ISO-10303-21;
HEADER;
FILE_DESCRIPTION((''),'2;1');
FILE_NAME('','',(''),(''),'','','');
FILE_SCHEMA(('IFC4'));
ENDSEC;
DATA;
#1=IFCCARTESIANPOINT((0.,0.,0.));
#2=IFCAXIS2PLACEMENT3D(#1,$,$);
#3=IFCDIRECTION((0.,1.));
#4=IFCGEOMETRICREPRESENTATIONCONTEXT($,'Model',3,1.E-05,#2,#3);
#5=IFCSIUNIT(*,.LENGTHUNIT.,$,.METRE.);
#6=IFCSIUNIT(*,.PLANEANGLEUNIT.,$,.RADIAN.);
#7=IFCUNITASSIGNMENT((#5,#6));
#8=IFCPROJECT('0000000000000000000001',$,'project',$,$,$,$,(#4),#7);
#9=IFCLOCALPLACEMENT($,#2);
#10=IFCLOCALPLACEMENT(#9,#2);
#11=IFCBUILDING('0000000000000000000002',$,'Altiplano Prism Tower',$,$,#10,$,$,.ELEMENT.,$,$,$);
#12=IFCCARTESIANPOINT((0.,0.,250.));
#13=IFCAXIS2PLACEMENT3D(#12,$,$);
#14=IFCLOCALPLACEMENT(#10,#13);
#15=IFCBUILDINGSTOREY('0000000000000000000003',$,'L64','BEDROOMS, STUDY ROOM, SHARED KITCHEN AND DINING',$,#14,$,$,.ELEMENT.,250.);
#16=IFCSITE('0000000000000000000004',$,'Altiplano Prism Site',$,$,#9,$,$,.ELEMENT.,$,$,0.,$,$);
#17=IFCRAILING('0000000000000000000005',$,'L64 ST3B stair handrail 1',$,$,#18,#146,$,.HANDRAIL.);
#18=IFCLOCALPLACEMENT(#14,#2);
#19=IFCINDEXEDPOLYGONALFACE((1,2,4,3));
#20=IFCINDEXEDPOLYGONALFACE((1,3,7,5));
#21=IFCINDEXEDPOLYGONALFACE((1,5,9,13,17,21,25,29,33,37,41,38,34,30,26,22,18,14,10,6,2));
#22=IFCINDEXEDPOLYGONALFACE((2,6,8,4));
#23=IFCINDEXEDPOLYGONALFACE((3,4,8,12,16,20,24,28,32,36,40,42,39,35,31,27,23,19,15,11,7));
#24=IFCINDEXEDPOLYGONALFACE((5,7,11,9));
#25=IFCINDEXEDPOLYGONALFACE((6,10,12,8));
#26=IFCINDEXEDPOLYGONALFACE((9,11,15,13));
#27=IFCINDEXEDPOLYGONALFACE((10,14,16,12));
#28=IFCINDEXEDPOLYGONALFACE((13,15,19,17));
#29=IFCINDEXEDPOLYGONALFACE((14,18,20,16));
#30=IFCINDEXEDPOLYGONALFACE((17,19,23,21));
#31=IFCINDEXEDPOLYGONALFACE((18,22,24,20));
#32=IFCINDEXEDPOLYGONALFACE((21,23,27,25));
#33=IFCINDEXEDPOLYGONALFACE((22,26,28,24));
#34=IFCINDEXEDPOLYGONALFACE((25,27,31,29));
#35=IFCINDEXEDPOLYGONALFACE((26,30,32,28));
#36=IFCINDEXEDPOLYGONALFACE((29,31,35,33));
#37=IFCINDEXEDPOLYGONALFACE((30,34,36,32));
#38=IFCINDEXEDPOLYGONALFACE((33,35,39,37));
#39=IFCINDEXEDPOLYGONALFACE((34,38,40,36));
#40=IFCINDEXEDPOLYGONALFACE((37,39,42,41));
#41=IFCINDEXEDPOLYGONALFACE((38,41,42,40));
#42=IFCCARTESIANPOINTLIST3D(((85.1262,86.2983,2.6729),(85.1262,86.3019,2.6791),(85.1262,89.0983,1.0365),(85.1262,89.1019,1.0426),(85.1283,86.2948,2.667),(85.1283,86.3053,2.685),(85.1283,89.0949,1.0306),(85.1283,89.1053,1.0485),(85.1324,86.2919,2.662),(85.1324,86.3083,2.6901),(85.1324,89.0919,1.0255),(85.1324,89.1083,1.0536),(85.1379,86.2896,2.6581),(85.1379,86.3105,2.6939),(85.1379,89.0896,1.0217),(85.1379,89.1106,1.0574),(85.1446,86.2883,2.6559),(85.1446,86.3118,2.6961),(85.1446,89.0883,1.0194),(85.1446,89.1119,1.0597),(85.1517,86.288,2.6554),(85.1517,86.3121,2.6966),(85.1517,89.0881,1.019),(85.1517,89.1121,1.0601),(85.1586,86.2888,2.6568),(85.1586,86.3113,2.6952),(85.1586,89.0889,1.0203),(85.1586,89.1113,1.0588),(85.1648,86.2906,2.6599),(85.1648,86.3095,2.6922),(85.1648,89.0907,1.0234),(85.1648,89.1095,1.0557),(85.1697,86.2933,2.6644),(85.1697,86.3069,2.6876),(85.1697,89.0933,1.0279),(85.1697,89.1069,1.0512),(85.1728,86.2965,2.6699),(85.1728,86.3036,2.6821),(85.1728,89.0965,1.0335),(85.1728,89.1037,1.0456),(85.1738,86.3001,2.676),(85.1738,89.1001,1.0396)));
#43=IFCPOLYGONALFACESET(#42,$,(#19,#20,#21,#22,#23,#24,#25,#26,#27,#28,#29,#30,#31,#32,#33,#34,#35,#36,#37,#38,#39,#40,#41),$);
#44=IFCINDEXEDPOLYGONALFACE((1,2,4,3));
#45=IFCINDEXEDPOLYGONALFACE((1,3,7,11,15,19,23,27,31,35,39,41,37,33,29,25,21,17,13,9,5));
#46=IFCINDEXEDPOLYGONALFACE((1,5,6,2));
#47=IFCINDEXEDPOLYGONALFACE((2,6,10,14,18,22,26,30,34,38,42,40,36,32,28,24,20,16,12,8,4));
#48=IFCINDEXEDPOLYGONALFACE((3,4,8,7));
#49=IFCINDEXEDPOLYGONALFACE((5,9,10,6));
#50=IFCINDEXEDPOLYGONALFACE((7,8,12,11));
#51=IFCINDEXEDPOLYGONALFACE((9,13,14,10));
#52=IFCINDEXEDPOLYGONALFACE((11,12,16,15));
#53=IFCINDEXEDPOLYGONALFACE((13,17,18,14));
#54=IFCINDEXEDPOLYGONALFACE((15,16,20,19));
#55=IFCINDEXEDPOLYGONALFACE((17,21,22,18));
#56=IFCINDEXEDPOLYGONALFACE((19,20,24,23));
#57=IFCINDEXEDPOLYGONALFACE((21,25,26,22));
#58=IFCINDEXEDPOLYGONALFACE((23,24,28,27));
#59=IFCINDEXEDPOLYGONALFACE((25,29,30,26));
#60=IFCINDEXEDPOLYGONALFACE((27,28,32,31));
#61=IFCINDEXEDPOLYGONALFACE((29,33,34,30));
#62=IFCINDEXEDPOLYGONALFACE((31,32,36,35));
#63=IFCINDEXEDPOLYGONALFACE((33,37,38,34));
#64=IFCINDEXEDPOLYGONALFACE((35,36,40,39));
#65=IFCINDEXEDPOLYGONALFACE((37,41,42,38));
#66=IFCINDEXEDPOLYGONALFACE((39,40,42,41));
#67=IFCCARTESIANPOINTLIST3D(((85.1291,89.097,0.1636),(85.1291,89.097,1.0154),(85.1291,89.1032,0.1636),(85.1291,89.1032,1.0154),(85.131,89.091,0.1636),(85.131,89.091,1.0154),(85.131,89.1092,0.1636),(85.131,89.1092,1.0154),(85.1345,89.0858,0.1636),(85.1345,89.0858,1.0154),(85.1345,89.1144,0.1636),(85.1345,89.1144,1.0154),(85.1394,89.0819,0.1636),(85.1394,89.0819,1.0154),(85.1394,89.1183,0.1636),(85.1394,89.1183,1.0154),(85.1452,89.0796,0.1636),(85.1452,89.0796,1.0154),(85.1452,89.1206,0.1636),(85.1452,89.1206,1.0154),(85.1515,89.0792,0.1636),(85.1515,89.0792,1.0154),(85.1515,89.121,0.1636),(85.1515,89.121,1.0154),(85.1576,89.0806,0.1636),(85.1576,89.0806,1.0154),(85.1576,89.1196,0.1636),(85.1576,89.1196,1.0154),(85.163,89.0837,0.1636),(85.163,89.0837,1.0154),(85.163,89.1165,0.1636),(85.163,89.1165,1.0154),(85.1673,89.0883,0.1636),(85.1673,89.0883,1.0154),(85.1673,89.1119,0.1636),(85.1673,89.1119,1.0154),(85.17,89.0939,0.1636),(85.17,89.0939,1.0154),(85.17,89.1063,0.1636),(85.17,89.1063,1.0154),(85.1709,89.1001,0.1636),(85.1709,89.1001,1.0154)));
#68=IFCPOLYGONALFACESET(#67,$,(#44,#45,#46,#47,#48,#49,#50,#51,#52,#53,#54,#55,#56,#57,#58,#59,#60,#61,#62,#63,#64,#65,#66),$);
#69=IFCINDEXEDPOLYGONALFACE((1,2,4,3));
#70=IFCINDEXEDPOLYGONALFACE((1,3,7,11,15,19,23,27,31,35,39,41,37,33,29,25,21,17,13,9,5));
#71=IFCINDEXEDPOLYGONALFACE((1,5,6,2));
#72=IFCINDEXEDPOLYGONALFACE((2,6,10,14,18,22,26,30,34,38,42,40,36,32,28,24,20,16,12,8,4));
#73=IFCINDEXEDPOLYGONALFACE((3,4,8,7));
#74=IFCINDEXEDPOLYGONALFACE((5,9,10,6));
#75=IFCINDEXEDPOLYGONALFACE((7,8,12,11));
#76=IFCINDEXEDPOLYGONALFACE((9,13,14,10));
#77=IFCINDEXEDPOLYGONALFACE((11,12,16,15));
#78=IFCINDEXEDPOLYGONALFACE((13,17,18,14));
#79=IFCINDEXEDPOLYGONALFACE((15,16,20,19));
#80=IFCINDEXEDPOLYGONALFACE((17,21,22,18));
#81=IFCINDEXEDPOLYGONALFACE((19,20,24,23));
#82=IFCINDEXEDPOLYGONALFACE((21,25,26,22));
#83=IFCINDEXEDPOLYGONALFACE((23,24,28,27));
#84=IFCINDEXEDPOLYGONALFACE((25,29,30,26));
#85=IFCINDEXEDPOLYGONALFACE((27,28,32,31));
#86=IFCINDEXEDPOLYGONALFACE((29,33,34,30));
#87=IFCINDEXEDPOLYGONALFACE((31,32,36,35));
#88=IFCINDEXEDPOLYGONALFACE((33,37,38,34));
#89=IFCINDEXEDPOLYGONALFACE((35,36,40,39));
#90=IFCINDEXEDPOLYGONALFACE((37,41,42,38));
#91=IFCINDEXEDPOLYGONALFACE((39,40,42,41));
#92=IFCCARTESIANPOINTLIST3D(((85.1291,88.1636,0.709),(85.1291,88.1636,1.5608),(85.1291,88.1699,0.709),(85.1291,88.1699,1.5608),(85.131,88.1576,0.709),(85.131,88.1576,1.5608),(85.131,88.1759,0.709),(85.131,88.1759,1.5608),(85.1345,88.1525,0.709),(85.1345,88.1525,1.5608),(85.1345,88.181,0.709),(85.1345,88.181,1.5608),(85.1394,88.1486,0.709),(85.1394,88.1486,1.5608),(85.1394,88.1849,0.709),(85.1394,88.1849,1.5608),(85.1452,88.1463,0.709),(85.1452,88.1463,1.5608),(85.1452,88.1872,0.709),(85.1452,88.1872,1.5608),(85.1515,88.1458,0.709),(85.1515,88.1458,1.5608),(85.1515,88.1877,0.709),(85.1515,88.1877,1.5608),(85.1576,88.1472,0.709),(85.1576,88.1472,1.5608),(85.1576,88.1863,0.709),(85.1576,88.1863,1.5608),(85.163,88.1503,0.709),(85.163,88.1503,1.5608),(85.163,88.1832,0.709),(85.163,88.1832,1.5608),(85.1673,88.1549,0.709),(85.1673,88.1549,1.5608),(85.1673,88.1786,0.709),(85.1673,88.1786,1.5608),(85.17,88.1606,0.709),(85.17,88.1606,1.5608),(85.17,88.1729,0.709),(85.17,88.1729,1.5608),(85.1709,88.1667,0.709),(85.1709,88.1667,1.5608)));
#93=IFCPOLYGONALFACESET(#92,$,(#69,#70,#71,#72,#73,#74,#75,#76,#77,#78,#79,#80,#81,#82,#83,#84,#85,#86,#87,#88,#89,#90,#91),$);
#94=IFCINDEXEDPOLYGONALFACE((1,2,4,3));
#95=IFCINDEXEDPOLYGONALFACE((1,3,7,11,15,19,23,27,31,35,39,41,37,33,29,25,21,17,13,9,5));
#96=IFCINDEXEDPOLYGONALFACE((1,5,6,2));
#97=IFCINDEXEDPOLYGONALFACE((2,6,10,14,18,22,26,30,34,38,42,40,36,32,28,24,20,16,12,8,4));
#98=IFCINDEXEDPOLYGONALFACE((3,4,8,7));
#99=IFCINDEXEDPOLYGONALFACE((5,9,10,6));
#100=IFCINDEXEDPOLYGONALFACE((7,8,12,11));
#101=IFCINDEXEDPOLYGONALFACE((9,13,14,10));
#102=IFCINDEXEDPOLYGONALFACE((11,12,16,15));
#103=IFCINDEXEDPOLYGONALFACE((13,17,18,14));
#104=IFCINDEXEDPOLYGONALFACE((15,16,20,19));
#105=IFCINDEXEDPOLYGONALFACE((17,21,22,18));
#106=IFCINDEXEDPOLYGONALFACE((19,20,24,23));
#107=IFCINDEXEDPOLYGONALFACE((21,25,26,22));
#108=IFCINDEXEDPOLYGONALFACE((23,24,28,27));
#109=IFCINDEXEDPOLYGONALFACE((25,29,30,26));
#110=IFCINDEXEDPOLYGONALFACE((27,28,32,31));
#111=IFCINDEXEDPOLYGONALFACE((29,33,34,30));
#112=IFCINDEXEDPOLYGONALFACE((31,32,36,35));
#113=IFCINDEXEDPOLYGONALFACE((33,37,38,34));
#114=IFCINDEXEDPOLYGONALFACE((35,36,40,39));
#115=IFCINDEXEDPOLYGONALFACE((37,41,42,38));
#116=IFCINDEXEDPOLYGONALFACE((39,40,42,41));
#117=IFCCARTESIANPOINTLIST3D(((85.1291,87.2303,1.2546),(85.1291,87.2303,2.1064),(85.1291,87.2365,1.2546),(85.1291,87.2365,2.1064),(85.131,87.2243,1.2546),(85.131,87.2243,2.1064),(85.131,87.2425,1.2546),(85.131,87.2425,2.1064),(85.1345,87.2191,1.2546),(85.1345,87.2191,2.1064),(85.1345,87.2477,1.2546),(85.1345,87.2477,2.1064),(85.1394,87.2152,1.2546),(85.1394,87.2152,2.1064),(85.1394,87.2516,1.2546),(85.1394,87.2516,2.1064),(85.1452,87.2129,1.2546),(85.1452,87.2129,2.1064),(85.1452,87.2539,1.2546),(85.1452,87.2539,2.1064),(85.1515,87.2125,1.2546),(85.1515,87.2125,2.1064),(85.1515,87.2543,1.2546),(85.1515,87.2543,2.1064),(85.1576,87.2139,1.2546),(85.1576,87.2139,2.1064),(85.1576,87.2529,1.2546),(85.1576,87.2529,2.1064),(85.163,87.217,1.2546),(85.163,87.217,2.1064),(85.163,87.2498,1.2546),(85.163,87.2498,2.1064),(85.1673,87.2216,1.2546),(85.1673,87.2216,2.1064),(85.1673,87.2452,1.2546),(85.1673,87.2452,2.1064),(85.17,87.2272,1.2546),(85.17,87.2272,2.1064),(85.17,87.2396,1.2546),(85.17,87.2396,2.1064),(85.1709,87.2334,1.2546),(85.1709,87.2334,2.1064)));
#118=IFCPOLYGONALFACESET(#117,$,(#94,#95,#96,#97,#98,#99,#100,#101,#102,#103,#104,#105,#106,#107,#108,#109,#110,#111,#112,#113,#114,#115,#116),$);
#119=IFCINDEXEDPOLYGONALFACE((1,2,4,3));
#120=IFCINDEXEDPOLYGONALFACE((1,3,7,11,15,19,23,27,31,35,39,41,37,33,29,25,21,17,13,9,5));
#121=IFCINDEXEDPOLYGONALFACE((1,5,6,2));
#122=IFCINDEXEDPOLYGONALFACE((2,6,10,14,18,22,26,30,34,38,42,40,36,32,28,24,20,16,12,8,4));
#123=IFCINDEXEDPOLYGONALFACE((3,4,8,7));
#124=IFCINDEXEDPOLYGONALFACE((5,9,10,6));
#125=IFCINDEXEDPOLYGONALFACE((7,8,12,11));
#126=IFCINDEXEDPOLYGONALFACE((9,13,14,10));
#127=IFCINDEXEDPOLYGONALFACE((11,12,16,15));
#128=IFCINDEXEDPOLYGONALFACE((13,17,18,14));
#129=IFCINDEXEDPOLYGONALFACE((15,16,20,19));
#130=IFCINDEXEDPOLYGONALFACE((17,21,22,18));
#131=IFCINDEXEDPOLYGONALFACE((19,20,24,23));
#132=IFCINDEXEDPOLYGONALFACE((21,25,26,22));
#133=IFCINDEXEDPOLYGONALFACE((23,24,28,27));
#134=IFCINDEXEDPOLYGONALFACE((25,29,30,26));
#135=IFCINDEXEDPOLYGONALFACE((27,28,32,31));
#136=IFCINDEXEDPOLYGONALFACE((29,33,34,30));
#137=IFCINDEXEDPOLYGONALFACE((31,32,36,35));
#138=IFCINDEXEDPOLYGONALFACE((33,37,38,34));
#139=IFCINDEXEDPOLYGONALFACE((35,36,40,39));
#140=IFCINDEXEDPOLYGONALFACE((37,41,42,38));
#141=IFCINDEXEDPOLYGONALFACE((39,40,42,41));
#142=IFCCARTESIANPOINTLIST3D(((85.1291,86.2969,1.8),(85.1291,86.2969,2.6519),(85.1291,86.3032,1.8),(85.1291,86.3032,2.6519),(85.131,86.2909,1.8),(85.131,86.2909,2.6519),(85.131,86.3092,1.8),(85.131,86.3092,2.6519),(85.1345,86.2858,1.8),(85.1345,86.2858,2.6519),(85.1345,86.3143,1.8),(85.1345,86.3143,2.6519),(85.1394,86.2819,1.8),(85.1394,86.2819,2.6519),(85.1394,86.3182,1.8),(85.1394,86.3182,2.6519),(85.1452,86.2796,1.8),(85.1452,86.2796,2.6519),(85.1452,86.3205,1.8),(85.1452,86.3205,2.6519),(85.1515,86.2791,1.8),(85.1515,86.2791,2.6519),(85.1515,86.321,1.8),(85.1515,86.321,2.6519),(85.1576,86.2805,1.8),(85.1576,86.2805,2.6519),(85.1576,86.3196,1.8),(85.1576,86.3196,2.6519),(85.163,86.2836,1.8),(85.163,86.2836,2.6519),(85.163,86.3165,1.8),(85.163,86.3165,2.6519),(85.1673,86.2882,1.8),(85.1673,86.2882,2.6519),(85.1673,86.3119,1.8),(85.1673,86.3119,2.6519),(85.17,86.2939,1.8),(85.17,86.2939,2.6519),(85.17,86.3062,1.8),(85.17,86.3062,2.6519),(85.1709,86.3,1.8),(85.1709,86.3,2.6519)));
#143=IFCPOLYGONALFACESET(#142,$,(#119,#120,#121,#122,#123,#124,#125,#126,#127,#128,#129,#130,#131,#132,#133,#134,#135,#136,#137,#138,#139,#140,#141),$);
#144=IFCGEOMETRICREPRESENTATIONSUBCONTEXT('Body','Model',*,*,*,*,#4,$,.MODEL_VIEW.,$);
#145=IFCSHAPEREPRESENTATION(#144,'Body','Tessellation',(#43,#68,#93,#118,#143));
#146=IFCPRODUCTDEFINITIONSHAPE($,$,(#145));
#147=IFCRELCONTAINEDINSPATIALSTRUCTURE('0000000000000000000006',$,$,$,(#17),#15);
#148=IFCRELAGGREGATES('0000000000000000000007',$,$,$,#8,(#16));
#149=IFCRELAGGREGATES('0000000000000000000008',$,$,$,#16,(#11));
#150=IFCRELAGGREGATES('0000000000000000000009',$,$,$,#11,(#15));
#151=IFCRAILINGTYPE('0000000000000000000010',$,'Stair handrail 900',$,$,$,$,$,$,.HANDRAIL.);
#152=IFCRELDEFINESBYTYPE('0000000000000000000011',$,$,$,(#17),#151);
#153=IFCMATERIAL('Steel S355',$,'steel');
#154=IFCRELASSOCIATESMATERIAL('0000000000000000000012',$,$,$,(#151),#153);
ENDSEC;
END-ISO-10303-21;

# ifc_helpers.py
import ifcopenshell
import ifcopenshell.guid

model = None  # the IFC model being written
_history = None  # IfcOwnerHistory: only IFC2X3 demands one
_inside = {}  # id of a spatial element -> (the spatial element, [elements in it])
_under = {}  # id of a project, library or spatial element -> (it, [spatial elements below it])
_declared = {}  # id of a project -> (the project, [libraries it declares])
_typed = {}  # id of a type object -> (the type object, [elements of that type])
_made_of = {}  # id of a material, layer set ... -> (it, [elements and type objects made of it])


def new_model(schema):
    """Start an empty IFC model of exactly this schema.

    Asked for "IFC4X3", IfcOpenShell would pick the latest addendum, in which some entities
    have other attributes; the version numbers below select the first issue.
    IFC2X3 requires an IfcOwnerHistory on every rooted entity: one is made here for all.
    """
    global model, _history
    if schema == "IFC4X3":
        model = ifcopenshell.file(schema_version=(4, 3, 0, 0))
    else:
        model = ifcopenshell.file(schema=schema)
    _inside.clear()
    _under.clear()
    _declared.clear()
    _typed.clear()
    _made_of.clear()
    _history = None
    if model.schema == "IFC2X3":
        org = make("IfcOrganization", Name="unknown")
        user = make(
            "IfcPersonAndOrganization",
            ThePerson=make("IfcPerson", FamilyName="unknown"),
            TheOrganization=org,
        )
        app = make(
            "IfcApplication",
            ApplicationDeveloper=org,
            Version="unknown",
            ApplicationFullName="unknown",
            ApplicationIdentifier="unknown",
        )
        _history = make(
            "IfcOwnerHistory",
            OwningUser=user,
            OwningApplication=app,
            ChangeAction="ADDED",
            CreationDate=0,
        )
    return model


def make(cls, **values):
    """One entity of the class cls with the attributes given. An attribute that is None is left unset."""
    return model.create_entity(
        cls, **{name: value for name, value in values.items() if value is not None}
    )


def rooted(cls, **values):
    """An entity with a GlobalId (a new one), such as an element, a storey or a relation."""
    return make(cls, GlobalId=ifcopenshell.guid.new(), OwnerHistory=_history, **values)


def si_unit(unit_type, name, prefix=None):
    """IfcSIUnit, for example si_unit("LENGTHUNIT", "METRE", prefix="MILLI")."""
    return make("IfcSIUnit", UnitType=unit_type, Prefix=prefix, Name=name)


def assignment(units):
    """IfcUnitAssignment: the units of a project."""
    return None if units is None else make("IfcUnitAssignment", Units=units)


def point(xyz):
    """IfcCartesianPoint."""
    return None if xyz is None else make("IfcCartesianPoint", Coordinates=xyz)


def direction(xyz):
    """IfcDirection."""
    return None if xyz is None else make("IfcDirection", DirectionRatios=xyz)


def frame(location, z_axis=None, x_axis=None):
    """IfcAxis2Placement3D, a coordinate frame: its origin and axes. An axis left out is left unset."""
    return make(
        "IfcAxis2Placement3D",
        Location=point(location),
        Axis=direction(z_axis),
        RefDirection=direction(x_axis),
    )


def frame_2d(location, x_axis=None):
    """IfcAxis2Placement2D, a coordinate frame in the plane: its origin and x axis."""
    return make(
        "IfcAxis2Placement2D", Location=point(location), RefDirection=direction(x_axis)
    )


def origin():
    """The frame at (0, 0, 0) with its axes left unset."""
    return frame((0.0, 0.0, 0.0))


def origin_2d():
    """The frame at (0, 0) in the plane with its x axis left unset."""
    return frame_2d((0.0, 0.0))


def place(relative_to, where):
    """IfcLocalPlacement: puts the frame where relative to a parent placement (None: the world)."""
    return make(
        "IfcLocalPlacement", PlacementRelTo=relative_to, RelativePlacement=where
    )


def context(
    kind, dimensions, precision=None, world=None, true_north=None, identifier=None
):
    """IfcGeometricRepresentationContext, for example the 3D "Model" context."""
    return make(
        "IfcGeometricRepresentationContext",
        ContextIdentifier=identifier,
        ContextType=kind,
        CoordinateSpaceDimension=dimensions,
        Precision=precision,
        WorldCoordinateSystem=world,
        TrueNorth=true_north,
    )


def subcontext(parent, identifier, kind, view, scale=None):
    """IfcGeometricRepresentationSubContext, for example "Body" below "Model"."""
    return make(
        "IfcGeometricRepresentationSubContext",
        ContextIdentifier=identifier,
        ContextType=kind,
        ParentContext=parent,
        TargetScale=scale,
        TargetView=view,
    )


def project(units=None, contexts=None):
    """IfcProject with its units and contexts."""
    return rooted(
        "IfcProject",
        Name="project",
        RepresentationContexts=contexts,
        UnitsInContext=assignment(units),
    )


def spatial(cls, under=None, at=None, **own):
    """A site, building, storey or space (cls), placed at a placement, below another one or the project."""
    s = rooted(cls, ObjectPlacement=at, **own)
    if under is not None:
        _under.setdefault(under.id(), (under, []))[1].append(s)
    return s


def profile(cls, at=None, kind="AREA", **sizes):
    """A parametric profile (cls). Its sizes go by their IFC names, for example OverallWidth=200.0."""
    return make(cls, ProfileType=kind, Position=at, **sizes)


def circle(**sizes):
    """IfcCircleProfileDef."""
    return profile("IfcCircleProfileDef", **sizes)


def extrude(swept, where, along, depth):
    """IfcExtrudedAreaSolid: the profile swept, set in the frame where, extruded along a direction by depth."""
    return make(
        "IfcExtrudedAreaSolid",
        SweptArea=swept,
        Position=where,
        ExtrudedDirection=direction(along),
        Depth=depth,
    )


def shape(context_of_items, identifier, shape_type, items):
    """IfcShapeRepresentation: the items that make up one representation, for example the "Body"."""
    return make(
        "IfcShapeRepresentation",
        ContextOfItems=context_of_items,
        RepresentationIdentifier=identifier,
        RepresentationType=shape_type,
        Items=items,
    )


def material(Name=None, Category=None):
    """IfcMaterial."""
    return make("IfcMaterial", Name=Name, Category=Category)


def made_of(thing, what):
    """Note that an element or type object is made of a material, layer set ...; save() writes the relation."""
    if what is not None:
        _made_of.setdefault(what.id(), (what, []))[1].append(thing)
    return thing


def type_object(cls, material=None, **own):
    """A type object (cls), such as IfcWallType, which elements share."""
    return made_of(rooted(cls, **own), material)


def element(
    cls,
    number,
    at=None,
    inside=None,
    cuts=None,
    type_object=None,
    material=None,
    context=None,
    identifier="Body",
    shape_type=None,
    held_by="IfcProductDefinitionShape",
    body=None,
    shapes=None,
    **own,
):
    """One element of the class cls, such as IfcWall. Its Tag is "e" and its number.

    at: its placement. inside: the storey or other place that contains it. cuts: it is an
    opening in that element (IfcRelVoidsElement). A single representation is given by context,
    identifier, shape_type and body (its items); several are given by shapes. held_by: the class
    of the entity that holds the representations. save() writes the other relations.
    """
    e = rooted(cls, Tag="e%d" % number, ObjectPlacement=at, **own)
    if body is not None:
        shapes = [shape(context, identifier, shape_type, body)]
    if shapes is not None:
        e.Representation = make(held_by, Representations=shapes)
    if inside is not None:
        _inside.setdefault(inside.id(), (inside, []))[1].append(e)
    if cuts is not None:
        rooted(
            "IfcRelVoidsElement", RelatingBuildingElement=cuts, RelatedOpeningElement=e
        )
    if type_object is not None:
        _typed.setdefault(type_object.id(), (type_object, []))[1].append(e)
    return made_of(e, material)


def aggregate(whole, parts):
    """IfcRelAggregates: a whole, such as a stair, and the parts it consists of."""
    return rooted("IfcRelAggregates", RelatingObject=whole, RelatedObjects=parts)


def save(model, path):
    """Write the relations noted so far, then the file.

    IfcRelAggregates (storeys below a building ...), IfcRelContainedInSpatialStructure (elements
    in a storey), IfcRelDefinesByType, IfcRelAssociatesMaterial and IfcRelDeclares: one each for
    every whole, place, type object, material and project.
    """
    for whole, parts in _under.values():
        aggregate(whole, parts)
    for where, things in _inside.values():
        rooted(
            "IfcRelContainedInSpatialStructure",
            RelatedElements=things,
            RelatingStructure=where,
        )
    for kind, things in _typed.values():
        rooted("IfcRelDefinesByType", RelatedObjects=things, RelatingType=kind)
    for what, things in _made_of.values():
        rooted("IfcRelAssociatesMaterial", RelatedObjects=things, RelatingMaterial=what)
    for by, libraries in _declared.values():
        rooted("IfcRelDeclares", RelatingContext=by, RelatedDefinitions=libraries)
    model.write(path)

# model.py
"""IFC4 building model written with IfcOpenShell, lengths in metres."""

from ifc_helpers import new_model, si_unit, direction, frame, origin, origin_2d, place, context, subcontext, project, spatial, circle, extrude, material, type_object, element, save


model = new_model("IFC4")

# Units and contexts
model_context = context("Model", 3, precision=1e-05, world=origin(), true_north=direction((0.0, 1.0)))
body_context = subcontext(model_context, "Body", "Model", "MODEL_VIEW")
ifc_project = project(units=[si_unit("LENGTHUNIT", "METRE"), si_unit("PLANEANGLEUNIT", "RADIAN")], contexts=[model_context])

# Site, building, storey
site_placement = place(None, origin())
site = spatial("IfcSite", under=ifc_project, at=site_placement, Name="Altiplano Prism Site", CompositionType="ELEMENT", RefElevation=0.0)
building_placement = place(site_placement, origin())
building = spatial("IfcBuilding", under=site, at=building_placement, Name="Altiplano Prism Tower", CompositionType="ELEMENT")
storey_placement = place(building_placement, frame((0.0, 0.0, 250.0)))
storey = spatial("IfcBuildingStorey", under=building, at=storey_placement, Name="L64", Description="BEDROOMS, STUDY ROOM, SHARED KITCHEN AND DINING", CompositionType="ELEMENT", Elevation=250.0)

# Railing
ifc_material_1 = material(Name="Steel S355", Category="steel")
railing_type_1 = type_object("IfcRailingType", Name="Stair handrail 900", PredefinedType="HANDRAIL", material=ifc_material_1)
railing_1_placement = place(storey_placement, frame((85.1499, 89.1001, 0.1636)))
element("IfcRailing", 1, at=railing_1_placement, inside=storey, type_object=railing_type_1, Name="L64 ST3B stair handrail 1", PredefinedType="HANDRAIL", context=body_context, shape_type="SweptSolid", body=[
    extrude(circle(Radius=0.0239, at=origin_2d()), frame((0.0, 0.0, 0.876), z_axis=(0.0, -0.863361, 0.504587), x_axis=(1.0, 0.0, 0.0)), (0.0, 0.0, 1.0), 3.2432),
    extrude(circle(Radius=0.021, at=origin_2d()), origin(), (0.0, 0.0, 1.0), 0.8518),
    extrude(circle(Radius=0.021, at=origin_2d()), frame((0.0, -0.9333, 0.5454)), (0.0, 0.0, 1.0), 0.8518),
    extrude(circle(Radius=0.021, at=origin_2d()), frame((0.0, -1.8667, 1.0911)), (0.0, 0.0, 1.0), 0.8518),
    extrude(circle(Radius=0.021, at=origin_2d()), frame((0.0, -2.8, 1.6365)), (0.0, 0.0, 1.0), 0.8518),
])

save(model, "model.ifc")
